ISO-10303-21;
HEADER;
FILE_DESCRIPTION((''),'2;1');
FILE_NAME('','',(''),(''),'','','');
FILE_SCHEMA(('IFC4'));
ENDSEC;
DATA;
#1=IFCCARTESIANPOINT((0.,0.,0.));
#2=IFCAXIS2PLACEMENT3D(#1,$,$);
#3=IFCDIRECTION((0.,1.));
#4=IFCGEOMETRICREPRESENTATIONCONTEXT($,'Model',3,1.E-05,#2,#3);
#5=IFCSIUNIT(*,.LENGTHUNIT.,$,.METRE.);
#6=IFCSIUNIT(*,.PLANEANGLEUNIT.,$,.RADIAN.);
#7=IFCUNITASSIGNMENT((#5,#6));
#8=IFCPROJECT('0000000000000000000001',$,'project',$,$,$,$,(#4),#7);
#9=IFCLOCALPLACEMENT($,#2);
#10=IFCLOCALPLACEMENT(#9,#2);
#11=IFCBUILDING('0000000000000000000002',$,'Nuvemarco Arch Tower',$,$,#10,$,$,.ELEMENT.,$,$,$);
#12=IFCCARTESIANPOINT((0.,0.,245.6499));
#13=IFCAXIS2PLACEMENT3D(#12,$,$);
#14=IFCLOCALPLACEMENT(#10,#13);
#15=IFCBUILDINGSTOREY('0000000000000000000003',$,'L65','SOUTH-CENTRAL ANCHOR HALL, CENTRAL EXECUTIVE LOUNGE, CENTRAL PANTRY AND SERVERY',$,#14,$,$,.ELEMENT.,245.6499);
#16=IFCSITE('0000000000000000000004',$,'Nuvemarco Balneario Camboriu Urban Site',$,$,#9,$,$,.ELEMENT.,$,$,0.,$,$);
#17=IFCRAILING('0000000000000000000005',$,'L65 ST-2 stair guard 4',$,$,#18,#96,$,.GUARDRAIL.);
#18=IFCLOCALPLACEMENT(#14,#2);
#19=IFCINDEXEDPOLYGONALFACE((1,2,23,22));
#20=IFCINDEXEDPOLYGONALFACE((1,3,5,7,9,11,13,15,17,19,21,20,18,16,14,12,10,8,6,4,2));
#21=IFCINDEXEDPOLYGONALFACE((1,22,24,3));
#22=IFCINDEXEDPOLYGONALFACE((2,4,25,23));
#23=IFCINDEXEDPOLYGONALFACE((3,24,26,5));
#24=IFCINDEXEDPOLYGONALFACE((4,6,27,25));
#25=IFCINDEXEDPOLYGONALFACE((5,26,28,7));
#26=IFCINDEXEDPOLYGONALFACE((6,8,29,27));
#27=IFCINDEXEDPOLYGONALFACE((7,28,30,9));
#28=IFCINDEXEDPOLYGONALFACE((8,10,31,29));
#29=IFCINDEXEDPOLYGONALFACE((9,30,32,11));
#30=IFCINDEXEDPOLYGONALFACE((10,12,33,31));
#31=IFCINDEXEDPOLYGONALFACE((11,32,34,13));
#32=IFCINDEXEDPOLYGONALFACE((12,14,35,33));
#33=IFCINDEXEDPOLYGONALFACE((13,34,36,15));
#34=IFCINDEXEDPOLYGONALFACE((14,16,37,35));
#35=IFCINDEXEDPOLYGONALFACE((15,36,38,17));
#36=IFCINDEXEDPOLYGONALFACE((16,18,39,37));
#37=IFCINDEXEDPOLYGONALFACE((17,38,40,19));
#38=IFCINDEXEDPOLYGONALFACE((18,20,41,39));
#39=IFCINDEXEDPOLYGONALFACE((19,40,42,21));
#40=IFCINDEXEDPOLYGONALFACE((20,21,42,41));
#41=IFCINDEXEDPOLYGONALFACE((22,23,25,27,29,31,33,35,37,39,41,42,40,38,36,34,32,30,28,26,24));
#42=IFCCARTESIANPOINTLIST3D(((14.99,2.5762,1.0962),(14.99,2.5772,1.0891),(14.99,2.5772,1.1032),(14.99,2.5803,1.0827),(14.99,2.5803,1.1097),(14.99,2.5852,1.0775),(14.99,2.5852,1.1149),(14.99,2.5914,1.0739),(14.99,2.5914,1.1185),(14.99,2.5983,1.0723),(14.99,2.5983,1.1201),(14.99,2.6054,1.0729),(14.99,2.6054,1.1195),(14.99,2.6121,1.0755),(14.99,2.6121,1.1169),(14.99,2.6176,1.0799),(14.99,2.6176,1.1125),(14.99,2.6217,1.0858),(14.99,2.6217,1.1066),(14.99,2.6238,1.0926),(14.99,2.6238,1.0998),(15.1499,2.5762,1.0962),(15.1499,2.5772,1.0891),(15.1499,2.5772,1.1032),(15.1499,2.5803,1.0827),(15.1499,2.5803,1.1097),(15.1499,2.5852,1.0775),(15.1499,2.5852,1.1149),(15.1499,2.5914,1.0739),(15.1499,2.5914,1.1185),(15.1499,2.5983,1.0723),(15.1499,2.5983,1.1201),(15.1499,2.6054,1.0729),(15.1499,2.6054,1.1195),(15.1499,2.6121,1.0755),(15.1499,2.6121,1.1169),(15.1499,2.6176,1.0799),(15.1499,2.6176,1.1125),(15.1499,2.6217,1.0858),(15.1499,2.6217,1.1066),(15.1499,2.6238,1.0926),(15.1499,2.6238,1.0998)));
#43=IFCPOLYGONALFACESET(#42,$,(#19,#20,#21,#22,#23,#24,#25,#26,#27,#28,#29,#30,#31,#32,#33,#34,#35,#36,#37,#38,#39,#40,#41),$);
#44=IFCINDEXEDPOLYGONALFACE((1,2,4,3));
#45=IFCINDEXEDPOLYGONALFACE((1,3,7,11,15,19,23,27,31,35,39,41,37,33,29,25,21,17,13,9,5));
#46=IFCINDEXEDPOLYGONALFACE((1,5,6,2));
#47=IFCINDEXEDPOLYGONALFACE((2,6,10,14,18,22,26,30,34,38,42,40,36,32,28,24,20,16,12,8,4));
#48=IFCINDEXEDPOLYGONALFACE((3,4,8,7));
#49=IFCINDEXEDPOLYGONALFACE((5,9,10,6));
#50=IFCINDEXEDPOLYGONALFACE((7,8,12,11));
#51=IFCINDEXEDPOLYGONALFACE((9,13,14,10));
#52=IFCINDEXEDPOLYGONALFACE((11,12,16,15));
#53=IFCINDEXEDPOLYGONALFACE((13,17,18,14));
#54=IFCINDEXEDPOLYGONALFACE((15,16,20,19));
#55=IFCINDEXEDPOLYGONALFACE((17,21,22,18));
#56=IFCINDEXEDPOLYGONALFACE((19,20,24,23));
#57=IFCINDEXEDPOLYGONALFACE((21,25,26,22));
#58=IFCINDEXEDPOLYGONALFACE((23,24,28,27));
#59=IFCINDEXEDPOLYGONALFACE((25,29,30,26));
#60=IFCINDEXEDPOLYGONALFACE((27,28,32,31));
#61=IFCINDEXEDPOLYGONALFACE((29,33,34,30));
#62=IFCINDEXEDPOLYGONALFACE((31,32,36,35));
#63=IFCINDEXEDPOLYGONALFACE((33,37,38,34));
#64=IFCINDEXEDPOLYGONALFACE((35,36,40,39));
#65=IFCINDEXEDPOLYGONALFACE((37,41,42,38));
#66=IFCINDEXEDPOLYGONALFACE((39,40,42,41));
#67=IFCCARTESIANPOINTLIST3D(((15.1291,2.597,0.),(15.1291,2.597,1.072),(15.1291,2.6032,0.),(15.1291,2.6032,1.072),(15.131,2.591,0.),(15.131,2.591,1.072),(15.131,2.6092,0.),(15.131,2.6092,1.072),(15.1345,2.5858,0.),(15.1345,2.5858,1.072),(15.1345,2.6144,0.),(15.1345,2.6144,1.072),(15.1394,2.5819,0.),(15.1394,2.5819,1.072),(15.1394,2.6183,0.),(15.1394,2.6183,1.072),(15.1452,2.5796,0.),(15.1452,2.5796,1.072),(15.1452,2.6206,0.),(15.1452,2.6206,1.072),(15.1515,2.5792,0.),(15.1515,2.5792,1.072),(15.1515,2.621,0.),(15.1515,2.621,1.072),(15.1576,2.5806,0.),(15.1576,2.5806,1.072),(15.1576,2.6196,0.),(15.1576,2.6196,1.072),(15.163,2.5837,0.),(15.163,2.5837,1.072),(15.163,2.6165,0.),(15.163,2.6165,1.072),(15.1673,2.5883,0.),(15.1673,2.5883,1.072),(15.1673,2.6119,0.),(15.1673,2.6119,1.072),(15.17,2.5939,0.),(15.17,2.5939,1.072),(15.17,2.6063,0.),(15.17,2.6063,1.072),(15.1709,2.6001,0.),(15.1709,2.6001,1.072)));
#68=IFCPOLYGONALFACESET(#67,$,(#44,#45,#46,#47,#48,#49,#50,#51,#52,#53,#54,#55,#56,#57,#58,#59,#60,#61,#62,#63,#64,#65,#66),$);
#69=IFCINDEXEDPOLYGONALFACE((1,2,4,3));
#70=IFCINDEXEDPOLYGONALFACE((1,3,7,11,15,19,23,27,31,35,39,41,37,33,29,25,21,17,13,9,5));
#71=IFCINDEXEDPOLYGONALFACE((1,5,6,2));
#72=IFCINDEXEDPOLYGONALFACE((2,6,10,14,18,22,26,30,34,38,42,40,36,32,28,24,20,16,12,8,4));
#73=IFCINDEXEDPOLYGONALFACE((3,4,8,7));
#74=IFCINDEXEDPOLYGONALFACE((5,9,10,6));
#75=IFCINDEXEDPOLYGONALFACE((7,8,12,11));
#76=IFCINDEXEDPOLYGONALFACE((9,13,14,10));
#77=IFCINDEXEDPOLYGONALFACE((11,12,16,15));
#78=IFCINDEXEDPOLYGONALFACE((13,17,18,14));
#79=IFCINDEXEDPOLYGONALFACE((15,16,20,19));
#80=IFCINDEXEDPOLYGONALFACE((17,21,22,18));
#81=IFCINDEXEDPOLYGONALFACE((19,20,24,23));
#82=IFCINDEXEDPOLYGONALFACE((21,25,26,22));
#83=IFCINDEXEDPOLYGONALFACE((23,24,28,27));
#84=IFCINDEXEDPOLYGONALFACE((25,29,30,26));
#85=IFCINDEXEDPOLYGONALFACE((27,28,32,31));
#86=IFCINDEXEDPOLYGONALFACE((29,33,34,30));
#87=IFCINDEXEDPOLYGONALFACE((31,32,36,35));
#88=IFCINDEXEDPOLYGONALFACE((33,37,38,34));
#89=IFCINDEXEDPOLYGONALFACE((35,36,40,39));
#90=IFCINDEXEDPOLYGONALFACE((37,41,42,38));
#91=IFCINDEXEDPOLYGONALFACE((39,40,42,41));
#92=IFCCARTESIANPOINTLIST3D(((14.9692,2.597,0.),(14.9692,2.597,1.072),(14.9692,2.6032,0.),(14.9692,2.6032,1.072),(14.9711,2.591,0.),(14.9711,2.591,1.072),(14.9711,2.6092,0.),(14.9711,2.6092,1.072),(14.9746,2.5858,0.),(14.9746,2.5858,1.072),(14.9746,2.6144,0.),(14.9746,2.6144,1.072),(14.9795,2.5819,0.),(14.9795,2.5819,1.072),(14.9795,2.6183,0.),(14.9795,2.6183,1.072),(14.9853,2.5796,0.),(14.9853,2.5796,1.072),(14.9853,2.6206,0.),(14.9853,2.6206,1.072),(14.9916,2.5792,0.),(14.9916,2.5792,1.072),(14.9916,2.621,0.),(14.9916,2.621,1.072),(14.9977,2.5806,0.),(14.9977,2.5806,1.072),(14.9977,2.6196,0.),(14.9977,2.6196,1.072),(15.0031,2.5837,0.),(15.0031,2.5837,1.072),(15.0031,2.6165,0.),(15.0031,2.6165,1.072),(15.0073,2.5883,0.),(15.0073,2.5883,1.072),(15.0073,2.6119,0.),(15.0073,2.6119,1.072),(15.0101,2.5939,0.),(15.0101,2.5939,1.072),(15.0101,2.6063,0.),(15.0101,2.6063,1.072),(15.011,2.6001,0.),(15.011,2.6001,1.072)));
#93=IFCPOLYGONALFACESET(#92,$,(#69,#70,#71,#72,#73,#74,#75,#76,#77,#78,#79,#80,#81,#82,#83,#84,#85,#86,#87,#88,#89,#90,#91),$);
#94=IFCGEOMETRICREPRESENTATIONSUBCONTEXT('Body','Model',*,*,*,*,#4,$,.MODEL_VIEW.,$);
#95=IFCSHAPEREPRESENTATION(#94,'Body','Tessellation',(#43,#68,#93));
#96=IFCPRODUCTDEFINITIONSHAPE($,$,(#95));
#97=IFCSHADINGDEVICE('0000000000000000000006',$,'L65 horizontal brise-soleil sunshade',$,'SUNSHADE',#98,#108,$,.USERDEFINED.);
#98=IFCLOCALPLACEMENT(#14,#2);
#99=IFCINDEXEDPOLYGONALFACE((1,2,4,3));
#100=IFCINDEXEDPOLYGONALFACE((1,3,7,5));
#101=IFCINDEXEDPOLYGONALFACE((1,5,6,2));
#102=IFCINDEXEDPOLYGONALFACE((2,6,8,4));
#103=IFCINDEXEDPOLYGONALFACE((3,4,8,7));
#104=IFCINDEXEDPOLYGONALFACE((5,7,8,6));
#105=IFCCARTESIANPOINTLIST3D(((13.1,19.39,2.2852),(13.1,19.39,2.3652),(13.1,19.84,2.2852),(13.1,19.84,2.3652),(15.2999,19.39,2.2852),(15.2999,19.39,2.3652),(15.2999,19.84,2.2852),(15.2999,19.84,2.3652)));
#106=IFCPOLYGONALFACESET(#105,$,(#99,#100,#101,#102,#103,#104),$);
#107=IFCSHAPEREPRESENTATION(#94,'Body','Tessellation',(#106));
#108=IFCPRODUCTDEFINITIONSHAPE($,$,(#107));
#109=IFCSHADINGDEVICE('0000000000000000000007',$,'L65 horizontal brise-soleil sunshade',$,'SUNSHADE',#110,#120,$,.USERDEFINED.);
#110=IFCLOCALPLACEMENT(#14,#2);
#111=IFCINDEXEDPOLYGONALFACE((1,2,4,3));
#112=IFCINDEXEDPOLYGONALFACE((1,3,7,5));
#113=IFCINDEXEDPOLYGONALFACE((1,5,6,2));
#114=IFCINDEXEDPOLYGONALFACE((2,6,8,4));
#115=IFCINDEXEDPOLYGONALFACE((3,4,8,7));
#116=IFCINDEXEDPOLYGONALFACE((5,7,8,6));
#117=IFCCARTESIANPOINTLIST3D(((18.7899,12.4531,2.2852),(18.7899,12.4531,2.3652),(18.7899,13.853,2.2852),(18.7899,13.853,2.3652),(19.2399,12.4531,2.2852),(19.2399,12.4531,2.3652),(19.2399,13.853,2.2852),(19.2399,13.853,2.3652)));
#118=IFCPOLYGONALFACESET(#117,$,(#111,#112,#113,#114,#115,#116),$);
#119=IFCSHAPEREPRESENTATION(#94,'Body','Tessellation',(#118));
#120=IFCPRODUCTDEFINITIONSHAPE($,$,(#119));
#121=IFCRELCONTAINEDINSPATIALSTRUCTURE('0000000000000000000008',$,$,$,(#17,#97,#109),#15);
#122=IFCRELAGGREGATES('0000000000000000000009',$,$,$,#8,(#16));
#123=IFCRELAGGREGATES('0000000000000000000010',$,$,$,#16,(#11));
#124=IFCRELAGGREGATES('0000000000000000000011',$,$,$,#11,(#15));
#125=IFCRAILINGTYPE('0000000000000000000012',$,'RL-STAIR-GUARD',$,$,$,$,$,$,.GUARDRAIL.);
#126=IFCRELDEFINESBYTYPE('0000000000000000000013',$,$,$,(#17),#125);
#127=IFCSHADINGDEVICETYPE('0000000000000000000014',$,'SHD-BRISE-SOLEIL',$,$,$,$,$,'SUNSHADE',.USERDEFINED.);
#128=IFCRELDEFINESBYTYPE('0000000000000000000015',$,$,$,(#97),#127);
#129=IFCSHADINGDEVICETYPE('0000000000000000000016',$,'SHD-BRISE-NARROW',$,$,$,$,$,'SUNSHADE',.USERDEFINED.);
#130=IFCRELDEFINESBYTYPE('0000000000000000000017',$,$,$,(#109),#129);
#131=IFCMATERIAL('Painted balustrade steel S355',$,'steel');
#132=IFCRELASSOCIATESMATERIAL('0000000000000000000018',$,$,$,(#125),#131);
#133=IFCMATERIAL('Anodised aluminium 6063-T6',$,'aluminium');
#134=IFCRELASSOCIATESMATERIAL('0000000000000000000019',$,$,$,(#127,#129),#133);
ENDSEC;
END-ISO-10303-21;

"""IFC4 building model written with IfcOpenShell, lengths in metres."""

from ifc_helpers import new_model, si_unit, direction, frame, origin, origin_2d, place, context, subcontext, project, spatial, rectangle, circle, extrude, source, transform, mapped, material, type_object, type_shapes, element, save


model = new_model("IFC4")

# Units and contexts
model_context = context("Model", 3, precision=1e-05, world=origin(), true_north=direction((0.0, 1.0)))
body_context = subcontext(model_context, "Body", "Model", "MODEL_VIEW")
ifc_project = project(units=[si_unit("LENGTHUNIT", "METRE"), si_unit("PLANEANGLEUNIT", "RADIAN")], contexts=[model_context])

# Site, building, storey
site_placement = place(None, origin())
site = spatial("IfcSite", under=ifc_project, at=site_placement, Name="Nuvemarco Balneario Camboriu Urban Site", CompositionType="ELEMENT", RefElevation=0.0)
building_placement = place(site_placement, origin())
building = spatial("IfcBuilding", under=site, at=building_placement, Name="Nuvemarco Arch Tower", CompositionType="ELEMENT")
storey_placement = place(building_placement, frame((0.0, 0.0, 245.6499)))
storey = spatial("IfcBuildingStorey", under=building, at=storey_placement, Name="L65", Description="SOUTH-CENTRAL ANCHOR HALL, CENTRAL EXECUTIVE LOUNGE, CENTRAL PANTRY AND SERVERY", CompositionType="ELEMENT", Elevation=245.6499)

# Railing
ifc_material_1 = material(Name="Painted balustrade steel S355", Category="steel")
railing_type_1 = type_object("IfcRailingType", Name="RL-STAIR-GUARD", PredefinedType="GUARDRAIL", material=ifc_material_1)
railing_1_placement = place(storey_placement, frame((15.1499, 2.6001, 0.0)))
element("IfcRailing", 1, at=railing_1_placement, inside=storey, type_object=railing_type_1, Name="L65 ST-2 stair guard 4", PredefinedType="GUARDRAIL", context=body_context, shape_type="SweptSolid", body=[
    extrude(circle(Radius=0.0239, at=origin_2d()), frame((0.0, 0.0, 1.0962), z_axis=(-1.0, 0.0, 0.0), x_axis=(0.0, -1.0, 0.0)), (0.0, 0.0, 1.0), 0.1599),
    extrude(circle(Radius=0.021, at=origin_2d()), origin(), (0.0, 0.0, 1.0), 1.072),
    extrude(circle(Radius=0.021, at=origin_2d()), frame((-0.1599, 0.0, 0.0)), (0.0, 0.0, 1.0), 1.072),
])

# Shading devices
ifc_material_2 = material(Name="Anodised aluminium 6063-T6", Category="aluminium")
shading_device_type_1 = type_object("IfcShadingDeviceType", Name="SHD-BRISE-SOLEIL", ElementType="SUNSHADE", PredefinedType="USERDEFINED", material=ifc_material_2)
shared_shape_1 = source(origin(), body_context, "Body", "SweptSolid", [
    extrude(rectangle(XDim=2.2, YDim=0.45, at=origin_2d()), origin(), (0.0, 0.0, 1.0), 0.0801),
])
type_shapes(shading_device_type_1, [shared_shape_1])
shading_device_1_placement = place(storey_placement, frame((14.2, 19.615, 2.2852), z_axis=(0.0, 0.0, 1.0), x_axis=(1.0, 0.0, 0.0)))
element("IfcShadingDevice", 2, at=shading_device_1_placement, inside=storey, type_object=shading_device_type_1, Name="L65 horizontal brise-soleil sunshade", ObjectType="SUNSHADE", PredefinedType="USERDEFINED", context=body_context, shape_type="MappedRepresentation", body=[
    mapped(shared_shape_1, transform((0.0, 0.0, 0.0), scale=1.0)),
])
shading_device_type_2 = type_object("IfcShadingDeviceType", Name="SHD-BRISE-NARROW", ElementType="SUNSHADE", PredefinedType="USERDEFINED", material=ifc_material_2)
shared_shape_2 = source(origin(), body_context, "Body", "SweptSolid", [
    extrude(rectangle(XDim=1.3999, YDim=0.45, at=origin_2d()), origin(), (0.0, 0.0, 1.0), 0.0801),
])
type_shapes(shading_device_type_2, [shared_shape_2])
shading_device_2_placement = place(storey_placement, frame((19.0149, 13.1531, 2.2852), z_axis=(0.0, 0.0, 1.0), x_axis=(0.0, 1.0, 0.0)))
element("IfcShadingDevice", 3, at=shading_device_2_placement, inside=storey, type_object=shading_device_type_2, Name="L65 horizontal brise-soleil sunshade", ObjectType="SUNSHADE", PredefinedType="USERDEFINED", context=body_context, shape_type="MappedRepresentation", body=[
    mapped(shared_shape_2, transform((0.0, 0.0, 0.0), scale=1.0)),
])

save(model, "model.ifc")
